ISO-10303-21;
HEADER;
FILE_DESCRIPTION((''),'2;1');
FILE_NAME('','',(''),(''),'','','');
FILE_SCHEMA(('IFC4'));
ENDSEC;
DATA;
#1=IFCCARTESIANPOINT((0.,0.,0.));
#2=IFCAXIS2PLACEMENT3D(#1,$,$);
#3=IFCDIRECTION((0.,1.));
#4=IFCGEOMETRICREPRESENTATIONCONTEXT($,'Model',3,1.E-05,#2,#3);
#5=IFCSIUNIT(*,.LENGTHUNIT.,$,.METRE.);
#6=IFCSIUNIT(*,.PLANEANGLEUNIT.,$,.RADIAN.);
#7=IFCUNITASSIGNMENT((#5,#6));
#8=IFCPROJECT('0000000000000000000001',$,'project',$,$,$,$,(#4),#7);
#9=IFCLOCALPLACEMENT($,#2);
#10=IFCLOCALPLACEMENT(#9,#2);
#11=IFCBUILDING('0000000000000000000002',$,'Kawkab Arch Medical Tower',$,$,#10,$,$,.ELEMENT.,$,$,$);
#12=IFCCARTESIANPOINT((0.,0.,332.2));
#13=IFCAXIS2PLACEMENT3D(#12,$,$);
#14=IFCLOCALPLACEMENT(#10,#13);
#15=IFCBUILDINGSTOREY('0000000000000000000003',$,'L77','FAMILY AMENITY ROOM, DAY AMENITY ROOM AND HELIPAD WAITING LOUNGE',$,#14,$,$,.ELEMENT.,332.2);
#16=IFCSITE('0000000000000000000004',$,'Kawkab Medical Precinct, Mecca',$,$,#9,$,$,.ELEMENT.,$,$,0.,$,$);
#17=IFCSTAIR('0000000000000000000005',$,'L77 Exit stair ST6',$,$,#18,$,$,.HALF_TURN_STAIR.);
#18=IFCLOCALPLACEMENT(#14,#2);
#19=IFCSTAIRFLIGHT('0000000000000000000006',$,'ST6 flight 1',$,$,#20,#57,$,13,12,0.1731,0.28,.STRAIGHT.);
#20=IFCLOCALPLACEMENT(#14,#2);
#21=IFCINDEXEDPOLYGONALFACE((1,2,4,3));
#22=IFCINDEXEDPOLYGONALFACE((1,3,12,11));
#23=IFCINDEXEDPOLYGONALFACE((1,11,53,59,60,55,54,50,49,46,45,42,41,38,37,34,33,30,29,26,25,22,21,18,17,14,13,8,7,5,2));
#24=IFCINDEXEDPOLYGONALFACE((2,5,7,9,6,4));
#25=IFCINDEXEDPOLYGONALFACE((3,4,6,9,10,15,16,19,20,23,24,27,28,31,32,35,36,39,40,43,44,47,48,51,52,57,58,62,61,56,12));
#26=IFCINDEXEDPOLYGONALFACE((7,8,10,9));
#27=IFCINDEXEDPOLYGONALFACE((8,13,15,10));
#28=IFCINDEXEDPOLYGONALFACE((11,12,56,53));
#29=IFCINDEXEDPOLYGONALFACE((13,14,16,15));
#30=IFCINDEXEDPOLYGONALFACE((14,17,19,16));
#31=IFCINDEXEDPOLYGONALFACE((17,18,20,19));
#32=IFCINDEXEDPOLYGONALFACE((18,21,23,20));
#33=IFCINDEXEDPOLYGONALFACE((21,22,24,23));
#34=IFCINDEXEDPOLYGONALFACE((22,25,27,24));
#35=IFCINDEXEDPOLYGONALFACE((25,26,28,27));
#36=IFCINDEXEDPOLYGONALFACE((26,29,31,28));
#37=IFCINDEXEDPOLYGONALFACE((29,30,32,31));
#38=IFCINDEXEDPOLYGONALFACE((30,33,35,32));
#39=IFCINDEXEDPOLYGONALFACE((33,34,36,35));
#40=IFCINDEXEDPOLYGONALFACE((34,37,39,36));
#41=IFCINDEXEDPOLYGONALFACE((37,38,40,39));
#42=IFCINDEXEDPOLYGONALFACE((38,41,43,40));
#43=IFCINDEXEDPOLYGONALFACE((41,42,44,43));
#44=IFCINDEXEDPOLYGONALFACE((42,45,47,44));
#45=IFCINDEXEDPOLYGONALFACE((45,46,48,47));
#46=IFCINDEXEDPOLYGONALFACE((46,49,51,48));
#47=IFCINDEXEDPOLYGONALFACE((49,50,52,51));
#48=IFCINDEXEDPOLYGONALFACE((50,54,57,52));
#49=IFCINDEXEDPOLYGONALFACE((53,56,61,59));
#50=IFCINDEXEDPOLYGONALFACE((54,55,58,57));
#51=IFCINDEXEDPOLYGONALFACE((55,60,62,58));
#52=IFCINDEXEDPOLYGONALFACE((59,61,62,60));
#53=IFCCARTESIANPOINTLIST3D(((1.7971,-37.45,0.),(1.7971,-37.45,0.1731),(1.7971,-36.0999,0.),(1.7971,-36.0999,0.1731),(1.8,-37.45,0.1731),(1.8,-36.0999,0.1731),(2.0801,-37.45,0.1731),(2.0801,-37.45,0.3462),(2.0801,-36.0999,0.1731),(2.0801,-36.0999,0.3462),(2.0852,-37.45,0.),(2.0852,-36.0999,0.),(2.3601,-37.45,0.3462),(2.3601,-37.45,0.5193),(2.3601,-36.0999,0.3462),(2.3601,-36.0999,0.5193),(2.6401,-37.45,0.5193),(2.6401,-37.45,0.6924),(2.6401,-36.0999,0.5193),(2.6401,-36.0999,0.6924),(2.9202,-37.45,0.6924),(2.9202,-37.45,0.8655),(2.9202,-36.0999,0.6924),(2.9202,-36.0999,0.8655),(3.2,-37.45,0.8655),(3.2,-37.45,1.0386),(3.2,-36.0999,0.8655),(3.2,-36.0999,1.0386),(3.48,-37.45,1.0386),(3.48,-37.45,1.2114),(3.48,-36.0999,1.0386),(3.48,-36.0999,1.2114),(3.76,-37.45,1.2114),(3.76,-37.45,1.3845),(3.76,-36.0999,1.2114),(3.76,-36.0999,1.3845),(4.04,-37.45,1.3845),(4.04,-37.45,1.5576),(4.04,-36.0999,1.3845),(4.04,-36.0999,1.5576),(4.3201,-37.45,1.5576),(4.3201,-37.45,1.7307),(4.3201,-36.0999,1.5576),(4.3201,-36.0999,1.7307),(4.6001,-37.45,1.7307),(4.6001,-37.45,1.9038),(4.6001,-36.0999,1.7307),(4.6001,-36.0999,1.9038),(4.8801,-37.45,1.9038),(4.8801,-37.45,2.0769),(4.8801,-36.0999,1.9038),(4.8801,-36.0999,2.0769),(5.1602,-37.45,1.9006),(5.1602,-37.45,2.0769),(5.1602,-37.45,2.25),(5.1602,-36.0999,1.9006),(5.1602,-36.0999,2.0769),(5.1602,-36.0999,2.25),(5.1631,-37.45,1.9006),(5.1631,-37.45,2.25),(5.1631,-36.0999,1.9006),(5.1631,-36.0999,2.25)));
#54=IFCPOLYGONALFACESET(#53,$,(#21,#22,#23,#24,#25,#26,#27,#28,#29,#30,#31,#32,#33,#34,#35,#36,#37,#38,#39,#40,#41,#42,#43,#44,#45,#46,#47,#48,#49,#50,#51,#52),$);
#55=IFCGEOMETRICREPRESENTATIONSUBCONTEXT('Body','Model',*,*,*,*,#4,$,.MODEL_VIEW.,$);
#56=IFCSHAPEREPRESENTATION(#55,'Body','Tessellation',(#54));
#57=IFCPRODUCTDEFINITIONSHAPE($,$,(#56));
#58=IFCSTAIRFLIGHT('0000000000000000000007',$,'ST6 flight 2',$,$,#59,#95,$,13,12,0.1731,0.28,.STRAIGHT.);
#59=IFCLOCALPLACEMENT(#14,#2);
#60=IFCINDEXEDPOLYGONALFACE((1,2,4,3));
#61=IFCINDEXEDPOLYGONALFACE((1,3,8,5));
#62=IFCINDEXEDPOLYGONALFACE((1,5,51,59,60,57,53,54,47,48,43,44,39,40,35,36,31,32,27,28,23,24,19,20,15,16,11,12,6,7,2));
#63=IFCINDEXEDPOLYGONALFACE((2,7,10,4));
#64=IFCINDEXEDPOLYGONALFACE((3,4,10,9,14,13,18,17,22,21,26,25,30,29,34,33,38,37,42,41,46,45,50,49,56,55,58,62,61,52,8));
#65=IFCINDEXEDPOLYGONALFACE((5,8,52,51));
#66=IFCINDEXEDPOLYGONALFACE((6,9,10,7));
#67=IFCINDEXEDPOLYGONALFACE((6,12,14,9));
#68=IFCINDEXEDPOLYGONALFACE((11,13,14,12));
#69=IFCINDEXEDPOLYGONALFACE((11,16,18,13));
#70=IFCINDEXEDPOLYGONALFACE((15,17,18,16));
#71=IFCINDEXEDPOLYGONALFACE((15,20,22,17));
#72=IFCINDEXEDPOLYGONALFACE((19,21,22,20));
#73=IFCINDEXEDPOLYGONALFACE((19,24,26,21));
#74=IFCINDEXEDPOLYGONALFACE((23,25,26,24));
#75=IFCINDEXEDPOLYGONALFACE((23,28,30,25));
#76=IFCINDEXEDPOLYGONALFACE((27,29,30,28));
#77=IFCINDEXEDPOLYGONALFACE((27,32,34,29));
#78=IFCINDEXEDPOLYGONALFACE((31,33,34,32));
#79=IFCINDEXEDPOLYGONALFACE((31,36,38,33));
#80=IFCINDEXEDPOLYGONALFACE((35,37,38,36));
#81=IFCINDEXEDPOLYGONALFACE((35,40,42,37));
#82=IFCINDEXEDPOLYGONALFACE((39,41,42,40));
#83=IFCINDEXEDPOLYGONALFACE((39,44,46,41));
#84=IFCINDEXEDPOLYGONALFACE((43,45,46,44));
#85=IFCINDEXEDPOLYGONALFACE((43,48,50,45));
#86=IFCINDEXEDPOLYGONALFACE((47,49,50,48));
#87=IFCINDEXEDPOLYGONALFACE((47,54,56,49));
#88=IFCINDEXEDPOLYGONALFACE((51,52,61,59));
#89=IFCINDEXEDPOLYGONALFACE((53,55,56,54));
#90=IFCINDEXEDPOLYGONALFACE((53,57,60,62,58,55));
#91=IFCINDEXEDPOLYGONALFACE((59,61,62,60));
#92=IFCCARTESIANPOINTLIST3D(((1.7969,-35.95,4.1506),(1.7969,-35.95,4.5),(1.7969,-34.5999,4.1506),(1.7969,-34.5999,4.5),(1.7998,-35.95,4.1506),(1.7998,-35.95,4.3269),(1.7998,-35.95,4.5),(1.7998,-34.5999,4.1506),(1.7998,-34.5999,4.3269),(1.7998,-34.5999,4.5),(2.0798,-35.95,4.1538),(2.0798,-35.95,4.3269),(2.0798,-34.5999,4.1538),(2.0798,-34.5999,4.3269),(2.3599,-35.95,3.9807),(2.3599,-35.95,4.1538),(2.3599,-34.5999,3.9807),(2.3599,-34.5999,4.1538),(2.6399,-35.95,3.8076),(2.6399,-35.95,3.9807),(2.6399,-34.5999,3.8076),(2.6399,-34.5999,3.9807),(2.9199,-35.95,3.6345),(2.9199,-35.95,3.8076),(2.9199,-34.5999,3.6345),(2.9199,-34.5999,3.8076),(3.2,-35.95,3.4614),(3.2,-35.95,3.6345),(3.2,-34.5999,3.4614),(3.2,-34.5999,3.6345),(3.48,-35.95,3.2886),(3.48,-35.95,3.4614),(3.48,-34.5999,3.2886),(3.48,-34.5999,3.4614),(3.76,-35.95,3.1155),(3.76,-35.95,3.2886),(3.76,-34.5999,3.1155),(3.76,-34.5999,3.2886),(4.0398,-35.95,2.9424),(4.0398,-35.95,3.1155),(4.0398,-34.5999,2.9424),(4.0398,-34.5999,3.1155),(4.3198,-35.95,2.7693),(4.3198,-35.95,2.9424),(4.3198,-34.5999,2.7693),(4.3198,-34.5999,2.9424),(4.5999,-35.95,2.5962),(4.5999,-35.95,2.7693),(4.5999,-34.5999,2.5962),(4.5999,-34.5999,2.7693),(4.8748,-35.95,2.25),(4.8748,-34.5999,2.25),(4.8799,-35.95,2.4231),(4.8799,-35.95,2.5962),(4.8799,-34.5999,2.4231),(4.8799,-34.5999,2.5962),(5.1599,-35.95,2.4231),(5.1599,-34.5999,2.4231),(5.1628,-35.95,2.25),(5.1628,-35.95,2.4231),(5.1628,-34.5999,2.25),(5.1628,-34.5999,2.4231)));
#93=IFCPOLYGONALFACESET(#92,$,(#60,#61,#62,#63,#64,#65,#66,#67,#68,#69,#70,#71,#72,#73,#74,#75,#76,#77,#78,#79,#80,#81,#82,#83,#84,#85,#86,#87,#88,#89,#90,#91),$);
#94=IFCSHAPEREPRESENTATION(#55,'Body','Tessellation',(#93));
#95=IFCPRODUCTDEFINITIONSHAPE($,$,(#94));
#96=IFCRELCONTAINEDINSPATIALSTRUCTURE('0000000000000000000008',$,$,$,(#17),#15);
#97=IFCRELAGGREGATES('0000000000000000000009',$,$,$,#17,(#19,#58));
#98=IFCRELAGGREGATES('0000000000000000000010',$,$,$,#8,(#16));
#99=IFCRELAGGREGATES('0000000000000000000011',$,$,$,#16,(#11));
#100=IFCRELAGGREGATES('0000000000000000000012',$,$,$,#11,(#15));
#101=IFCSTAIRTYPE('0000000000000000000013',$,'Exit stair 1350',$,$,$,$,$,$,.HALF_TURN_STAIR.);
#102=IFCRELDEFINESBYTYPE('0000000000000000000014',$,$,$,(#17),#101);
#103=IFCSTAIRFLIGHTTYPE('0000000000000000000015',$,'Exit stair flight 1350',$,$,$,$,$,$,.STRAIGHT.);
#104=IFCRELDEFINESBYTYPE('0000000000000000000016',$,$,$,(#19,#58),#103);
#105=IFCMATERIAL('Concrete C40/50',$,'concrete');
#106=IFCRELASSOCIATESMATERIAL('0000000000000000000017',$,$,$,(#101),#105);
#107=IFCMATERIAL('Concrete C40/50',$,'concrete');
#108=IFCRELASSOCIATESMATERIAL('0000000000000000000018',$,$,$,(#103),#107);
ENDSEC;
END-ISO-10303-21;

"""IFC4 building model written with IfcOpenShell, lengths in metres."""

from ifc_helpers import new_model, si_unit, direction, frame, origin, place, context, subcontext, project, spatial, polyline, outline, extrude, material, type_object, element, aggregate, save


model = new_model("IFC4")

# Units and contexts
model_context = context("Model", 3, precision=1e-05, world=origin(), true_north=direction((0.0, 1.0)))
body_context = subcontext(model_context, "Body", "Model", "MODEL_VIEW")
ifc_project = project(units=[si_unit("LENGTHUNIT", "METRE"), si_unit("PLANEANGLEUNIT", "RADIAN")], contexts=[model_context])

# Site, building, storey
site_placement = place(None, origin())
site = spatial("IfcSite", under=ifc_project, at=site_placement, Name="Kawkab Medical Precinct, Mecca", CompositionType="ELEMENT", RefElevation=0.0)
building_placement = place(site_placement, origin())
building = spatial("IfcBuilding", under=site, at=building_placement, Name="Kawkab Arch Medical Tower", CompositionType="ELEMENT")
storey_placement = place(building_placement, frame((0.0, 0.0, 332.2)))
storey = spatial("IfcBuildingStorey", under=building, at=storey_placement, Name="L77", Description="FAMILY AMENITY ROOM, DAY AMENITY ROOM AND HELIPAD WAITING LOUNGE", CompositionType="ELEMENT", Elevation=332.2)

# Shared definitions
placement = place(storey_placement, origin())

# Stair, stair flights
ifc_material_1 = material(Name="Concrete C40/50", Category="concrete")
stair_type = type_object("IfcStairType", Name="Exit stair 1350", PredefinedType="HALF_TURN_STAIR", material=ifc_material_1)
stair = element("IfcStair", 1, at=placement, inside=storey, type_object=stair_type, Name="L77 Exit stair ST6", PredefinedType="HALF_TURN_STAIR")
ifc_material_2 = material(Name="Concrete C40/50", Category="concrete")
stair_flight_type = type_object("IfcStairFlightType", Name="Exit stair flight 1350", PredefinedType="STRAIGHT", material=ifc_material_2)
stair_flight_1_placement = place(storey_placement, frame((1.8, -36.7749, 0.0), z_axis=(0.0, 0.0, 1.0), x_axis=(1.0, 0.0, 0.0)))
stair_flight_1 = element("IfcStairFlight", 2, at=stair_flight_1_placement, type_object=stair_flight_type, Name="ST6 flight 1", NumberOfRisers=13, NumberOfTreads=12, PredefinedType="STRAIGHT", RiserHeight=0.1731, TreadLength=0.28, context=body_context, shape_type="SweptSolid", body=[
    extrude(outline(polyline([(-0.0029, 0.0), (-0.0029, 0.1731), (0.0, 0.1731), (0.28, 0.1731), (0.28, 0.3462), (0.5601, 0.3462), (0.5601, 0.5193), (0.8401, 0.5193), (0.8401, 0.6924), (1.1201, 0.6924), (1.1201, 0.8655), (1.3999, 0.8655), (1.3999, 1.0386), (1.6799, 1.0386), (1.6799, 1.2114), (1.96, 1.2114), (1.96, 1.3845), (2.24, 1.3845), (2.24, 1.5576), (2.52, 1.5576), (2.52, 1.7307), (2.8, 1.7307), (2.8, 1.9038), (3.0801, 1.9038), (3.0801, 2.0769), (3.3601, 2.0769), (3.3601, 2.25), (3.363, 2.25), (3.363, 1.9006), (3.3601, 1.9006), (0.2852, 0.0), (-0.0029, 0.0)])), frame((0.0, 0.675, 0.0), z_axis=(0.0, -1.0, 0.0), x_axis=(1.0, 0.0, 0.0)), (0.0, 0.0, 1.0), 1.3501),
])
stair_flight_2_placement = place(storey_placement, frame((5.1599, -35.2749, 2.25), z_axis=(0.0, 0.0, 1.0), x_axis=(-1.0, 0.0, 0.0)))
stair_flight_2 = element("IfcStairFlight", 3, at=stair_flight_2_placement, type_object=stair_flight_type, Name="ST6 flight 2", NumberOfRisers=13, NumberOfTreads=12, PredefinedType="STRAIGHT", RiserHeight=0.1731, TreadLength=0.28, context=body_context, shape_type="SweptSolid", body=[
    extrude(outline(polyline([(-0.0029, 0.0), (-0.0029, 0.1731), (0.0, 0.1731), (0.28, 0.1731), (0.28, 0.3462), (0.5601, 0.3462), (0.5601, 0.5193), (0.8401, 0.5193), (0.8401, 0.6924), (1.1201, 0.6924), (1.1201, 0.8655), (1.3999, 0.8655), (1.3999, 1.0386), (1.6799, 1.0386), (1.6799, 1.2114), (1.96, 1.2114), (1.96, 1.3845), (2.24, 1.3845), (2.24, 1.5576), (2.52, 1.5576), (2.52, 1.7307), (2.8, 1.7307), (2.8, 1.9038), (3.0801, 1.9038), (3.0801, 2.0769), (3.3601, 2.0769), (3.3601, 2.25), (3.363, 2.25), (3.363, 1.9006), (3.3601, 1.9006), (0.2852, 0.0), (-0.0029, 0.0)])), frame((0.0, 0.675, 0.0), z_axis=(0.0, -1.0, 0.0), x_axis=(1.0, 0.0, 0.0)), (0.0, 0.0, 1.0), 1.3501),
])
aggregate(stair, [stair_flight_1, stair_flight_2])

save(model, "model.ifc")
